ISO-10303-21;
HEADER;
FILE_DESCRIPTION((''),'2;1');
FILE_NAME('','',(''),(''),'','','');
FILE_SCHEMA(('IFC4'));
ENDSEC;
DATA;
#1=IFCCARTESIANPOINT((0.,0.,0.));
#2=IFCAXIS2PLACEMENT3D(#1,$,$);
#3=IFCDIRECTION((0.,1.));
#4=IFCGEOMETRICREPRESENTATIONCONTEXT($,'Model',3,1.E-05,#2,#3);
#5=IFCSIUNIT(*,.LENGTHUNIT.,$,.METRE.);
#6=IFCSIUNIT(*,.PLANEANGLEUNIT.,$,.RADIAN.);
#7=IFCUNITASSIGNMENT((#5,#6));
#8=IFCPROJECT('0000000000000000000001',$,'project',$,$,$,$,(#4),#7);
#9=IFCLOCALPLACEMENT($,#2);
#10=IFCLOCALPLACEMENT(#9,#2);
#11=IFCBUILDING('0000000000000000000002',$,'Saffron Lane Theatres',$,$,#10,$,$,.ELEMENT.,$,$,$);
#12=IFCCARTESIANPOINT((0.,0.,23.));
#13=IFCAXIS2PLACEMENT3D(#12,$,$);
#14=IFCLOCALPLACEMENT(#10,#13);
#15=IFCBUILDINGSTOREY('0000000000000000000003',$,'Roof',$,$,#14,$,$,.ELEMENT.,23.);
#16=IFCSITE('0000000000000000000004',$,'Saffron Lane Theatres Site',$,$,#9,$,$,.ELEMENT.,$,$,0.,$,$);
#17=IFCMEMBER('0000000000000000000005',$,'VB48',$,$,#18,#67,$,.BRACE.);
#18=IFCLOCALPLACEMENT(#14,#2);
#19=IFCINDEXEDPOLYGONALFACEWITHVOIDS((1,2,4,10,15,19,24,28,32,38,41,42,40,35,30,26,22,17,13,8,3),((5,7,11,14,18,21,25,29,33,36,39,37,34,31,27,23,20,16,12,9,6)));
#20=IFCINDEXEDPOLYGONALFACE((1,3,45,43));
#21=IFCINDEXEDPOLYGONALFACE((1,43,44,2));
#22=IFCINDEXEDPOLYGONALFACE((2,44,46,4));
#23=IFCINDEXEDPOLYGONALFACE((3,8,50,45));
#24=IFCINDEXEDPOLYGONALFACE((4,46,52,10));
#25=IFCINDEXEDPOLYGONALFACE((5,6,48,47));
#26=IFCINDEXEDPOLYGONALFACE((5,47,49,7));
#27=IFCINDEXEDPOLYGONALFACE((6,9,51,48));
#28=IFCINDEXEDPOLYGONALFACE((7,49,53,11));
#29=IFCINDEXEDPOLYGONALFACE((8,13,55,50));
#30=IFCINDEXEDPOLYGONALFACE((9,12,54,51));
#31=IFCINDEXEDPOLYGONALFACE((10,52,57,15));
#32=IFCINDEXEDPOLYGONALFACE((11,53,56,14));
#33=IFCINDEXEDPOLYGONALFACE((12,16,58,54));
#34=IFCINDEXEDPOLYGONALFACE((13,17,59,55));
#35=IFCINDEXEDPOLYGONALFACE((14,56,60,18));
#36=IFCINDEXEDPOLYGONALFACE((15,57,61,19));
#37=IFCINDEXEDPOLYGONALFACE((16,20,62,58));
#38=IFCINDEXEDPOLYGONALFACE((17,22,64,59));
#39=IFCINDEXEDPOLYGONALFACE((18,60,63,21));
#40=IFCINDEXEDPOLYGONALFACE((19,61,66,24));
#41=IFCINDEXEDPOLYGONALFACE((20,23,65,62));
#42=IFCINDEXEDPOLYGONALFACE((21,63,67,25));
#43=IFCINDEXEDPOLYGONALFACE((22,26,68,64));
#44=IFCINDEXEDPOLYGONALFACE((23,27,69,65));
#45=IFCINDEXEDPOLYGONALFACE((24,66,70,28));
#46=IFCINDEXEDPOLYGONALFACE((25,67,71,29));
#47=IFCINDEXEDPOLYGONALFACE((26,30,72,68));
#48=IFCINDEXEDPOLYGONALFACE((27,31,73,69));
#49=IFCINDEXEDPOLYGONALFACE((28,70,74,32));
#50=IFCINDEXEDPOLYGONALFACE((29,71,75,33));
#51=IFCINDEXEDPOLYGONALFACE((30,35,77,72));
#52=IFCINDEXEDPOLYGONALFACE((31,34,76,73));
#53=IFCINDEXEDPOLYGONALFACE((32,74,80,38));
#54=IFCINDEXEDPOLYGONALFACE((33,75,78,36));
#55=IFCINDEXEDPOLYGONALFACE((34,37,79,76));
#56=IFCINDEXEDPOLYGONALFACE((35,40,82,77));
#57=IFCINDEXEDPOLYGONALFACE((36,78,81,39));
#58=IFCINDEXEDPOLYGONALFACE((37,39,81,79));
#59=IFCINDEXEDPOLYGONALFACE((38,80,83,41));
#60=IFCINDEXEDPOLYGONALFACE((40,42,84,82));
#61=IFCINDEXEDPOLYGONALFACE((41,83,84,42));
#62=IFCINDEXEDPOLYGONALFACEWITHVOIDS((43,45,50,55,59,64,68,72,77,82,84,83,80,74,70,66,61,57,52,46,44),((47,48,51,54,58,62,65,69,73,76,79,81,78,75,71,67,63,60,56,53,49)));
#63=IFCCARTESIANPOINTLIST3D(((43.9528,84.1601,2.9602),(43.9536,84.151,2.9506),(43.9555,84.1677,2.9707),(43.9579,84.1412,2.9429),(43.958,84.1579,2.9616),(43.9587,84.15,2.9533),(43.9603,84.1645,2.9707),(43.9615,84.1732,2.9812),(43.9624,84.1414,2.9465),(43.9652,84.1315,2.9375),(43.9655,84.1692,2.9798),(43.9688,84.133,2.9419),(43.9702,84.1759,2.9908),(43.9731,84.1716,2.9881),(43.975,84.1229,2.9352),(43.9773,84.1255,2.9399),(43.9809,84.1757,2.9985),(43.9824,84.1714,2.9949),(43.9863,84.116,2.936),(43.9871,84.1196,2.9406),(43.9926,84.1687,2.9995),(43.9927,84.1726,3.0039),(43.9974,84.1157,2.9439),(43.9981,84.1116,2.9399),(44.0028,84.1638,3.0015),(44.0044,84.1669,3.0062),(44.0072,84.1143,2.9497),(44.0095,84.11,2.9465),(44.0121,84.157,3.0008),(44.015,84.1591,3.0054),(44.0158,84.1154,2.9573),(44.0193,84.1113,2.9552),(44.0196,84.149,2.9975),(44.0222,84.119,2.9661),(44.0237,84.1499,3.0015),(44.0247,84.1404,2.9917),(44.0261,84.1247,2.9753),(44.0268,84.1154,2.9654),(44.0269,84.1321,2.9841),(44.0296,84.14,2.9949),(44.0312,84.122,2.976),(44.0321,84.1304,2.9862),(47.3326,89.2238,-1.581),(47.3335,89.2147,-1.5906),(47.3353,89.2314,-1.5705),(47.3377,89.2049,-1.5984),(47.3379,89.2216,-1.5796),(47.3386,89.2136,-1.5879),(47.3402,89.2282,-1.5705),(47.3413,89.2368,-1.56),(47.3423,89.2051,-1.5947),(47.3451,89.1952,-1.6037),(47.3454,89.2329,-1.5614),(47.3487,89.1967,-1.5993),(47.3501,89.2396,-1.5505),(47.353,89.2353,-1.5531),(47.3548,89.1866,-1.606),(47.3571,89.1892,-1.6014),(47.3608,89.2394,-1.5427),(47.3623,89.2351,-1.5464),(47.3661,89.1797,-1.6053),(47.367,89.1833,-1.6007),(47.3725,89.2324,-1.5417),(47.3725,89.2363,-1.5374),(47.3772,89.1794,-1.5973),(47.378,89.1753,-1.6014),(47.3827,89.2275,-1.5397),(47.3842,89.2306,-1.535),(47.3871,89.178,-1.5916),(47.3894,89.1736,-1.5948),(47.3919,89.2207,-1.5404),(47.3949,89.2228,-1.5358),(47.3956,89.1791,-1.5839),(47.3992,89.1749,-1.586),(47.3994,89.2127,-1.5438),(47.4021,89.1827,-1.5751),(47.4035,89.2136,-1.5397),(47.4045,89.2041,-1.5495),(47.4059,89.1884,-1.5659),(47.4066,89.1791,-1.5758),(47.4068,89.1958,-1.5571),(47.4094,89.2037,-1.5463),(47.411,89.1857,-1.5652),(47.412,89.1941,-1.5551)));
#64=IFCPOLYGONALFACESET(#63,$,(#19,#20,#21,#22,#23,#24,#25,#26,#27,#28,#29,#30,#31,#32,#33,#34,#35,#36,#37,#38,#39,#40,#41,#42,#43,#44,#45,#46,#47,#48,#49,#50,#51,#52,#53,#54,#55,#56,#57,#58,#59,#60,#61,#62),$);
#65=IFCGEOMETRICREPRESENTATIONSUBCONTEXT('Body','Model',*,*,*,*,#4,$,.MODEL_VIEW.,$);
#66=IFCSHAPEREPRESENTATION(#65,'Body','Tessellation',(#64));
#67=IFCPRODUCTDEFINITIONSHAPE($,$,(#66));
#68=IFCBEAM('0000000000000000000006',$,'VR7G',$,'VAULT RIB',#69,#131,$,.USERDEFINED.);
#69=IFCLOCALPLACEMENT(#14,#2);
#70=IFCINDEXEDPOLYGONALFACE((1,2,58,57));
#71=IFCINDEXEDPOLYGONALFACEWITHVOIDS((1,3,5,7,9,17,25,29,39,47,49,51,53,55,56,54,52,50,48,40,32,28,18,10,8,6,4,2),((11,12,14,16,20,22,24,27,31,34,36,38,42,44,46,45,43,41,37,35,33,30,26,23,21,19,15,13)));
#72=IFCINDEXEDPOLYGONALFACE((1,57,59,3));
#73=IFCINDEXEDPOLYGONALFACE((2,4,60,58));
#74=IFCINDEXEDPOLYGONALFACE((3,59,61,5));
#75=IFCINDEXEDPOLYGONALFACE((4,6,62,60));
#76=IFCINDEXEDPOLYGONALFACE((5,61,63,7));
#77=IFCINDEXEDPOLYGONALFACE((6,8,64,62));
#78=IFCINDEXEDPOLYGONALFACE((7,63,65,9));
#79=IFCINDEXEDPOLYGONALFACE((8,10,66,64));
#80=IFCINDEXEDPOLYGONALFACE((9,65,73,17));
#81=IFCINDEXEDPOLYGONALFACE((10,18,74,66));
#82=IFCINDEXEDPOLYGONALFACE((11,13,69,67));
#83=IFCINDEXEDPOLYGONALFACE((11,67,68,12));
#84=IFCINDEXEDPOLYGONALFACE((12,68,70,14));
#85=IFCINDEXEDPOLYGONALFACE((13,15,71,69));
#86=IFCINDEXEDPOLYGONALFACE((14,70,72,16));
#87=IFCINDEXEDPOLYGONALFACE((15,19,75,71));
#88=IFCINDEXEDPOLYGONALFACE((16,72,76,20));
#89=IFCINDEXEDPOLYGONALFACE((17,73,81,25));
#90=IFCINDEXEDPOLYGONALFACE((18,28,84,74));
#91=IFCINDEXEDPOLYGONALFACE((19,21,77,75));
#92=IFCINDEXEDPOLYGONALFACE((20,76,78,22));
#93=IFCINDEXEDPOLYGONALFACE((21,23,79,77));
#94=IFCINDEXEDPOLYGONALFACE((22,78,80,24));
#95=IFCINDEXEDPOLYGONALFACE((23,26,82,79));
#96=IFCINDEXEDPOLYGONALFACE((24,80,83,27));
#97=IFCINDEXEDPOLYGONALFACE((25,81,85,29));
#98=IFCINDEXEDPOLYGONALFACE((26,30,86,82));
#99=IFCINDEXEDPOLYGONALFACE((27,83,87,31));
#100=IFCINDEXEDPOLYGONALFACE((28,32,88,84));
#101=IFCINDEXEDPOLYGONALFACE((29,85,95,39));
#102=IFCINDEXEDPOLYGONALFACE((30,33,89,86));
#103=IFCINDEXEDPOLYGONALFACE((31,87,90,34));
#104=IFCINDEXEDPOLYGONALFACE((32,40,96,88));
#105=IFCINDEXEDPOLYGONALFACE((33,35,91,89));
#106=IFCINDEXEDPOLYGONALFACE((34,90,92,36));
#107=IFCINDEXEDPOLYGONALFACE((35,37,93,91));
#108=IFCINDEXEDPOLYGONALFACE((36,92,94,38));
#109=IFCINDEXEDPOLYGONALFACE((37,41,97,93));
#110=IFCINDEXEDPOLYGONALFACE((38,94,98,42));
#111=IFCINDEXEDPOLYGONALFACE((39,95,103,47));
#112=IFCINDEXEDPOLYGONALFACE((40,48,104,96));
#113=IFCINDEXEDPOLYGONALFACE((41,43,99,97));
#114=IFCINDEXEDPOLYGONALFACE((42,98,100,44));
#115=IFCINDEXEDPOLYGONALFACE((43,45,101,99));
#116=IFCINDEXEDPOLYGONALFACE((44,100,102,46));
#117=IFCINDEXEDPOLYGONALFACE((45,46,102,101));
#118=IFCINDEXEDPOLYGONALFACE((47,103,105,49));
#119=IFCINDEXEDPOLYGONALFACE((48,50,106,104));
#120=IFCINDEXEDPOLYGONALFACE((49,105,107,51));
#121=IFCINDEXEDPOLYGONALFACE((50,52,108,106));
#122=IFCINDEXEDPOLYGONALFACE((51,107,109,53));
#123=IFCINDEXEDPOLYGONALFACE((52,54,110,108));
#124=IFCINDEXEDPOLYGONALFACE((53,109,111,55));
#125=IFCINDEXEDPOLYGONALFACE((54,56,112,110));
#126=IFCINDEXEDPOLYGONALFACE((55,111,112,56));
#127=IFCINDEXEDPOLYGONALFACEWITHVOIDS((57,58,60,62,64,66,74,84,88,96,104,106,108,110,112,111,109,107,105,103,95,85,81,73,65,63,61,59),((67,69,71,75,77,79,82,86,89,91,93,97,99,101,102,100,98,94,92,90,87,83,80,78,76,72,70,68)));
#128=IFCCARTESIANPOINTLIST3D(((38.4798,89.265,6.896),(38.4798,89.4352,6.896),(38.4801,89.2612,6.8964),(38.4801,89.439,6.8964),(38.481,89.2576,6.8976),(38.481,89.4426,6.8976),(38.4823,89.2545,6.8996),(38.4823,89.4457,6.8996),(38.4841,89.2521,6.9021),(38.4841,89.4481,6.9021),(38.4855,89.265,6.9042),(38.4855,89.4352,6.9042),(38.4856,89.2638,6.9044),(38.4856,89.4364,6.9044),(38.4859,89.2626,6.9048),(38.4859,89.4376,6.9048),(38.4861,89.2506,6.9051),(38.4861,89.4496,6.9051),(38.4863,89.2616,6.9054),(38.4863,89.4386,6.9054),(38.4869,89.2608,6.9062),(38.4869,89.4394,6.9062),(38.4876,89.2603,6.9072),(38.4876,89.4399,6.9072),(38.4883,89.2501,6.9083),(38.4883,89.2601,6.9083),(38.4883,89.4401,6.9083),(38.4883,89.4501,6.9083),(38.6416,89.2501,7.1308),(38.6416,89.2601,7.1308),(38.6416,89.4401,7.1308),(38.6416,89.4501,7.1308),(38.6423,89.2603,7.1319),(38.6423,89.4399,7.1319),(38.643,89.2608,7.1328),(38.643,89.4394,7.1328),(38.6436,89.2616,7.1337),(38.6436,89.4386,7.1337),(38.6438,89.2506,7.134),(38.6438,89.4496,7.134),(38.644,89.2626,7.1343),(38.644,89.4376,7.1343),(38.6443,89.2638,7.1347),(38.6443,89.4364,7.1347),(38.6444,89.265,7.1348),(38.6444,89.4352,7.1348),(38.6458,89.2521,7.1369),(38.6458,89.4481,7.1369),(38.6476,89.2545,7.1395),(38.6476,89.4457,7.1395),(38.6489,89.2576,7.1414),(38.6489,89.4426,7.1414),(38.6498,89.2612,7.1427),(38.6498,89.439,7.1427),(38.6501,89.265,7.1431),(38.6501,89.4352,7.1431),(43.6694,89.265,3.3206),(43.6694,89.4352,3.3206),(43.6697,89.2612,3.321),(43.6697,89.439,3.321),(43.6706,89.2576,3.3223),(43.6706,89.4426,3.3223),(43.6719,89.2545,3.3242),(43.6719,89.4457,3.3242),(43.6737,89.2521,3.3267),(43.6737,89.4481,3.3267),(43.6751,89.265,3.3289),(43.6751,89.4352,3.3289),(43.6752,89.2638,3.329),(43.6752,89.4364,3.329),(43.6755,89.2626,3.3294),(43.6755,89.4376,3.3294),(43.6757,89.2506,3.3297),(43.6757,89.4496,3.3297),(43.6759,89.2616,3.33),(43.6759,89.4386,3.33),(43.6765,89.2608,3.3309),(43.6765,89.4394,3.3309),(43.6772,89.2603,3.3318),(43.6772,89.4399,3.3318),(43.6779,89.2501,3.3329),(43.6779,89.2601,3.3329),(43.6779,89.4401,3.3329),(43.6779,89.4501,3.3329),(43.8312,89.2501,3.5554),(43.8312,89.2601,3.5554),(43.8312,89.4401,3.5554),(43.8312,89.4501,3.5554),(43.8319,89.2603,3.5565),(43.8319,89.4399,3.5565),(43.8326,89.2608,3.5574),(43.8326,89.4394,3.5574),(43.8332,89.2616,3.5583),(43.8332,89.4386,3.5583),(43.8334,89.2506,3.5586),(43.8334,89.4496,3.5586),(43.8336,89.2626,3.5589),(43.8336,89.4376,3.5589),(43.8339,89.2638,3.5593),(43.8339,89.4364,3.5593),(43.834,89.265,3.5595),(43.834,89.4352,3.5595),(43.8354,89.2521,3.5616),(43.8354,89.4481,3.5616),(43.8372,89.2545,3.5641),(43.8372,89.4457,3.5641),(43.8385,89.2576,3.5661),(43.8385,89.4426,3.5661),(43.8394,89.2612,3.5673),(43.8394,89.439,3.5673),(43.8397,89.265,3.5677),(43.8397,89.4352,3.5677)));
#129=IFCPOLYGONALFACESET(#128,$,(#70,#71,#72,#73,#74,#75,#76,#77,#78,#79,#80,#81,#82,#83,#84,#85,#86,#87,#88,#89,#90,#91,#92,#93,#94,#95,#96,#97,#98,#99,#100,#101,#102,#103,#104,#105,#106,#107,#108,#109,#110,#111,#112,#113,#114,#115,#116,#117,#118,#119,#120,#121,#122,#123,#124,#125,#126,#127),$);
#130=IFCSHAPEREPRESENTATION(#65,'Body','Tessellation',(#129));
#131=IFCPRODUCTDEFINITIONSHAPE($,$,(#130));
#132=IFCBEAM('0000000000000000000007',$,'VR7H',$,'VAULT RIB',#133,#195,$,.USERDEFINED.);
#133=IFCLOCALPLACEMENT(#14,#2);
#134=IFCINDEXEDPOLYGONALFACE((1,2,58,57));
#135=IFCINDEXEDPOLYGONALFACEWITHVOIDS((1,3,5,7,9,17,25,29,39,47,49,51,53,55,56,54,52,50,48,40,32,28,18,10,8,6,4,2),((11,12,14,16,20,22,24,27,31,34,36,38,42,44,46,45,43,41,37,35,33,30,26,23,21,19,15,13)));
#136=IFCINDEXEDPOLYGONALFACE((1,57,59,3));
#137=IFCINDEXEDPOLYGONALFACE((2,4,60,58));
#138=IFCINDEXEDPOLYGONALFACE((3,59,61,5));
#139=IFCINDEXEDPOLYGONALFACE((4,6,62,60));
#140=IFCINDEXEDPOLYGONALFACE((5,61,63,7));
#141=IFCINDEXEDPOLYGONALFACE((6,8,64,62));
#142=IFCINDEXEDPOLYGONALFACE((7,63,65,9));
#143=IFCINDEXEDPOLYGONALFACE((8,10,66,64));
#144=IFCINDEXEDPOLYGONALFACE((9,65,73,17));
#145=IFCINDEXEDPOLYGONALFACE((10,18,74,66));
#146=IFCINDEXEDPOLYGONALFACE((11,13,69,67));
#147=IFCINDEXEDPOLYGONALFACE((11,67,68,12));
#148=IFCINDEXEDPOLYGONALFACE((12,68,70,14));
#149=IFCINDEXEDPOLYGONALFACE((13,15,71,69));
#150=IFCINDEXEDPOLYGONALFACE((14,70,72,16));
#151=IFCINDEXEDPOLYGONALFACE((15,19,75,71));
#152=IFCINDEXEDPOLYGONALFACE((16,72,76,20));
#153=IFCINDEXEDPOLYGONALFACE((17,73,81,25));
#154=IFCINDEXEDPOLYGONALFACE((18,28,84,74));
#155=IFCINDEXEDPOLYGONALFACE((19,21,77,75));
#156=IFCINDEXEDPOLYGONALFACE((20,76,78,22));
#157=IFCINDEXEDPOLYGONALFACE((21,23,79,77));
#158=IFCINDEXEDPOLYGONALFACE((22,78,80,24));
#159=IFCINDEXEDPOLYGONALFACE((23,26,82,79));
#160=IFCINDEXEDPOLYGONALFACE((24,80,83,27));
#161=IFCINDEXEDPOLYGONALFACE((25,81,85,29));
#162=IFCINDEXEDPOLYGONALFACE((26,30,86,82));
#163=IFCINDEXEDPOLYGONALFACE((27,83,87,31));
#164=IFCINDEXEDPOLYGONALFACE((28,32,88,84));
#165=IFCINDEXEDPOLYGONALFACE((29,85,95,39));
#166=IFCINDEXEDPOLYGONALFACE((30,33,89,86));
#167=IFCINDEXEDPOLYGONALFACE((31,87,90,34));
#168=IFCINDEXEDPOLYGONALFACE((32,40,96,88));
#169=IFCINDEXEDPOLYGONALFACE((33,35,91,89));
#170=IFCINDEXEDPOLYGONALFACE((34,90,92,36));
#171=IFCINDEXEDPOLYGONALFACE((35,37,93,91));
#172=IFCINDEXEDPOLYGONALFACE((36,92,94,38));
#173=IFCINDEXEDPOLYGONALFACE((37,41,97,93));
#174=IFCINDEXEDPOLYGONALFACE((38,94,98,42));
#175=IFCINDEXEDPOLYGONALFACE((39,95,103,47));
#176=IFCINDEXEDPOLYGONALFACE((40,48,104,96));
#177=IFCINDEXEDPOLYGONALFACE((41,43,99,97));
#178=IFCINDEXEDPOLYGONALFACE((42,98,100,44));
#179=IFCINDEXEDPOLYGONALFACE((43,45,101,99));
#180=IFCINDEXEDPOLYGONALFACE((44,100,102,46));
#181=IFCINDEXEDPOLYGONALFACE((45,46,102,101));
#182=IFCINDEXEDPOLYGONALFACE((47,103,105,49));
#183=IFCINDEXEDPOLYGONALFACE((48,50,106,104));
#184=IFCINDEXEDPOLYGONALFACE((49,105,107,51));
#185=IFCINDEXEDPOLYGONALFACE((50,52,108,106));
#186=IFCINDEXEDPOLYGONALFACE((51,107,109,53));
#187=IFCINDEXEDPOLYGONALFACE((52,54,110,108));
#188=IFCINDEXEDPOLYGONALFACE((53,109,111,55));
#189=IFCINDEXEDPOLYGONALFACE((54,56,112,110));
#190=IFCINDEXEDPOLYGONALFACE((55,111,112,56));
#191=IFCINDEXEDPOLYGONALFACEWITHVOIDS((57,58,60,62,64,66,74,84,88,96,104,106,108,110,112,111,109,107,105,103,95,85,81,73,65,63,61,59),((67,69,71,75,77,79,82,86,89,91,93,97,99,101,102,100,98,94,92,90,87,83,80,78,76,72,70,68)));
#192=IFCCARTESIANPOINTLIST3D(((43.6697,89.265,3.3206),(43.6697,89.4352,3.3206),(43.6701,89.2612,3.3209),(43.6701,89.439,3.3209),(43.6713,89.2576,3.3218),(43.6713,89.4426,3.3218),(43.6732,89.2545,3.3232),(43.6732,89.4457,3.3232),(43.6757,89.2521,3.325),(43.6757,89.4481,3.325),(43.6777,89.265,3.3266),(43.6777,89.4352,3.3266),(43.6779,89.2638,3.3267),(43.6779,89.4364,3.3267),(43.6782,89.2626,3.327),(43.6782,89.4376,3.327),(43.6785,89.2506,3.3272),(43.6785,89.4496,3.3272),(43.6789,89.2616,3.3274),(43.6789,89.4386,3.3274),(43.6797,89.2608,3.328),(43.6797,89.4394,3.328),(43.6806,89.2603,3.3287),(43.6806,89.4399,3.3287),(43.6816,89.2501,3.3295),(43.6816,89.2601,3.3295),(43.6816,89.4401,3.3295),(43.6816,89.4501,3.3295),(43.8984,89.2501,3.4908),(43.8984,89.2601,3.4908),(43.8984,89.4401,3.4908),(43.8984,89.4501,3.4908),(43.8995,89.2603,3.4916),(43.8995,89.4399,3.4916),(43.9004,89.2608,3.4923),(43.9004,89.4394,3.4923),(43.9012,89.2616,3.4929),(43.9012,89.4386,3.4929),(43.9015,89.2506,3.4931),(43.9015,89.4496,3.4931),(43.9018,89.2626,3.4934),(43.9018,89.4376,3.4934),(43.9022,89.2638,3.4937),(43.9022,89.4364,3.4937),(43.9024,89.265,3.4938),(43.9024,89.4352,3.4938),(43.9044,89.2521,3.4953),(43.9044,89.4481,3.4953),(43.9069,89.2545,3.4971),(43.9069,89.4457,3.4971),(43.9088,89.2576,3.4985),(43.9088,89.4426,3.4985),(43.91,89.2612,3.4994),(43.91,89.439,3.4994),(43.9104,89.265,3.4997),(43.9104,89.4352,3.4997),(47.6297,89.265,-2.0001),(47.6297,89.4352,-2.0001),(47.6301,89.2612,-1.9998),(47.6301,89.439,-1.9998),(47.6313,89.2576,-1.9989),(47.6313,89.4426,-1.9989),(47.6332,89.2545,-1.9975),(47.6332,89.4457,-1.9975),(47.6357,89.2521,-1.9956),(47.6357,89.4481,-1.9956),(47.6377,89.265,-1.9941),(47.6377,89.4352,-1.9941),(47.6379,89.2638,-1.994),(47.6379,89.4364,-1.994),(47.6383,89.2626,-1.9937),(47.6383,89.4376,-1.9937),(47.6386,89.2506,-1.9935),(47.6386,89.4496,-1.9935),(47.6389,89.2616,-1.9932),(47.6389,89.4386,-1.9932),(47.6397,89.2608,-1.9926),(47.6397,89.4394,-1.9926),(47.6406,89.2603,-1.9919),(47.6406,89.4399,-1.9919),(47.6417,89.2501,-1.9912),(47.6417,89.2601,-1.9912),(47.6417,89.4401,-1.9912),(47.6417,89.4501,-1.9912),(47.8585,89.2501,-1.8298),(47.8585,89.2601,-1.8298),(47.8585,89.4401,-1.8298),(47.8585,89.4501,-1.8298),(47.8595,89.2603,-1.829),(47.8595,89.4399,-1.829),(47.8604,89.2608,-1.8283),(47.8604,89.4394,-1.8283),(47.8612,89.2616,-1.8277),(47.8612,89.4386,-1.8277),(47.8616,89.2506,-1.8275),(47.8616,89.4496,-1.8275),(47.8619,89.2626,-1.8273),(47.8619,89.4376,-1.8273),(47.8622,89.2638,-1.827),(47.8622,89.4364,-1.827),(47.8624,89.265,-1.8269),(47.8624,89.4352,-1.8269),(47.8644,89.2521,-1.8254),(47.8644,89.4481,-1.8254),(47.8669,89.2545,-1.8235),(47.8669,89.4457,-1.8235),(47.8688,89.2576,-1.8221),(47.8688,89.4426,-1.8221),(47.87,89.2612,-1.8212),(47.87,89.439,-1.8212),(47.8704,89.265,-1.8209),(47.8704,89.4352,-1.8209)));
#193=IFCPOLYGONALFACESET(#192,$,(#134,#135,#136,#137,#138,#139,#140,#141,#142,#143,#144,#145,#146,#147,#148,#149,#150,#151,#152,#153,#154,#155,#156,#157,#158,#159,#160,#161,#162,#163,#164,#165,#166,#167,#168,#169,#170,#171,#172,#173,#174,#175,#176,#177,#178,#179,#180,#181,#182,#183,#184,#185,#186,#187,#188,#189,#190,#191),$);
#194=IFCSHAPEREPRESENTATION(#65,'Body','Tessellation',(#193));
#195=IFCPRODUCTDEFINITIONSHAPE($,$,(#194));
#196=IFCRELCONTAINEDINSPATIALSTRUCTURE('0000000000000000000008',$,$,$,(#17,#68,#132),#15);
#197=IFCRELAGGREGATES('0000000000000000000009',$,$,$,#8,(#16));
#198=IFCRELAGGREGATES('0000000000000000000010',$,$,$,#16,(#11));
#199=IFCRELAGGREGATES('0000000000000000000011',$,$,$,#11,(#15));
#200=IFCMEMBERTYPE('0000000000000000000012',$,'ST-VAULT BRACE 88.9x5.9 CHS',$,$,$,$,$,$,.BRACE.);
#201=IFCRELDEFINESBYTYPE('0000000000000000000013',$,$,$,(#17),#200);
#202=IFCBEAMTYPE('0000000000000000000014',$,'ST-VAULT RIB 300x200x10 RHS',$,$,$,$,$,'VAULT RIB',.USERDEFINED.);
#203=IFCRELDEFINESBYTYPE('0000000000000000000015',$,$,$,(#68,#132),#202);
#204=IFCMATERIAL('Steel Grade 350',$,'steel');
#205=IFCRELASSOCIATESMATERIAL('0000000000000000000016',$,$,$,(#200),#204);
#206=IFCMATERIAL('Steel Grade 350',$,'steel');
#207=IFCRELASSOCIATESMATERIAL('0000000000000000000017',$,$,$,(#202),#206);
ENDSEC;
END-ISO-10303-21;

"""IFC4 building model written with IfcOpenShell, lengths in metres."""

from ifc_helpers import new_model, si_unit, direction, frame, origin, origin_2d, place, context, subcontext, project, spatial, hollow_rectangle, hollow_circle, extrude, material, material_profile, profile_set, type_object, element, save


model = new_model("IFC4")

# Units and contexts
model_context = context("Model", 3, precision=1e-05, world=origin(), true_north=direction((0.0, 1.0)))
body_context = subcontext(model_context, "Body", "Model", "MODEL_VIEW")
ifc_project = project(units=[si_unit("LENGTHUNIT", "METRE"), si_unit("PLANEANGLEUNIT", "RADIAN")], contexts=[model_context])

# Site, building, storey
site_placement = place(None, origin())
site = spatial("IfcSite", under=ifc_project, at=site_placement, Name="Saffron Lane Theatres Site", CompositionType="ELEMENT", RefElevation=0.0)
building_placement = place(site_placement, origin())
building = spatial("IfcBuilding", under=site, at=building_placement, Name="Saffron Lane Theatres", CompositionType="ELEMENT")
storey_placement = place(building_placement, frame((0.0, 0.0, 23.0)))
storey = spatial("IfcBuildingStorey", under=building, at=storey_placement, Name="Roof", CompositionType="ELEMENT", Elevation=23.0)

# Member
ifc_material_1 = material(Name="Steel Grade 350", Category="steel")
ifc_material_profile_1 = material_profile(ifc_material_1, hollow_circle(Radius=0.0444, WallThickness=0.0059, at=origin_2d()))
ifc_profile_set_1 = profile_set([ifc_material_profile_1], Name="Steel Grade 350")
member_type_1 = type_object("IfcMemberType", Name="ST-VAULT BRACE 88.9x5.9 CHS", PredefinedType="BRACE", material=ifc_profile_set_1)
member_1_placement = place(storey_placement, frame((43.9924, 84.1431, 2.9707), z_axis=(0.444999, 0.666695, -0.597907), x_axis=(-0.831742, 0.555163, 0.0)))
element("IfcMember", 1, at=member_1_placement, inside=storey, type_object=member_type_1, Name="VB48", PredefinedType="BRACE", context=body_context, shape_type="SweptSolid", body=[
    extrude(hollow_circle(Radius=0.0444, WallThickness=0.0059, at=origin_2d()), origin(), (0.0, 0.0, 1.0), 7.5952),
])

# Beams
ifc_material_2 = material(Name="Steel Grade 350", Category="steel")
ifc_material_profile_2 = material_profile(ifc_material_2, hollow_rectangle(XDim=0.2, YDim=0.3, WallThickness=0.01, InnerFilletRadius=0.0049, OuterFilletRadius=0.0149, at=origin_2d()))
ifc_profile_set_2 = profile_set([ifc_material_profile_2], Name="Steel Grade 350")
beam_type = type_object("IfcBeamType", Name="ST-VAULT RIB 300x200x10 RHS", ElementType="VAULT RIB", PredefinedType="USERDEFINED", material=ifc_profile_set_2)
beam_1_placement = place(storey_placement, frame((38.5649, 89.3501, 7.0195), z_axis=(0.823484, 0.0, -0.567339), x_axis=(0.0, 1.0, 0.0)))
element("IfcBeam", 2, at=beam_1_placement, inside=storey, type_object=beam_type, Name="VR7G", ObjectType="VAULT RIB", PredefinedType="USERDEFINED", context=body_context, shape_type="SweptSolid", body=[
    extrude(hollow_rectangle(XDim=0.2, YDim=0.3, WallThickness=0.01, InnerFilletRadius=0.0049, OuterFilletRadius=0.0149, at=origin_2d()), origin(), (0.0, 0.0, 1.0), 6.302),
])
beam_2_placement = place(storey_placement, frame((43.79, 89.3501, 3.4102), z_axis=(0.597057, 0.0, -0.802199), x_axis=(0.0, 1.0, 0.0)))
element("IfcBeam", 3, at=beam_2_placement, inside=storey, type_object=beam_type, Name="VR7H", ObjectType="VAULT RIB", PredefinedType="USERDEFINED", context=body_context, shape_type="SweptSolid", body=[
    extrude(hollow_rectangle(XDim=0.2, YDim=0.3, WallThickness=0.01, InnerFilletRadius=0.0049, OuterFilletRadius=0.0149, at=origin_2d()), origin(), (0.0, 0.0, 1.0), 6.6326),
])

save(model, "model.ifc")
